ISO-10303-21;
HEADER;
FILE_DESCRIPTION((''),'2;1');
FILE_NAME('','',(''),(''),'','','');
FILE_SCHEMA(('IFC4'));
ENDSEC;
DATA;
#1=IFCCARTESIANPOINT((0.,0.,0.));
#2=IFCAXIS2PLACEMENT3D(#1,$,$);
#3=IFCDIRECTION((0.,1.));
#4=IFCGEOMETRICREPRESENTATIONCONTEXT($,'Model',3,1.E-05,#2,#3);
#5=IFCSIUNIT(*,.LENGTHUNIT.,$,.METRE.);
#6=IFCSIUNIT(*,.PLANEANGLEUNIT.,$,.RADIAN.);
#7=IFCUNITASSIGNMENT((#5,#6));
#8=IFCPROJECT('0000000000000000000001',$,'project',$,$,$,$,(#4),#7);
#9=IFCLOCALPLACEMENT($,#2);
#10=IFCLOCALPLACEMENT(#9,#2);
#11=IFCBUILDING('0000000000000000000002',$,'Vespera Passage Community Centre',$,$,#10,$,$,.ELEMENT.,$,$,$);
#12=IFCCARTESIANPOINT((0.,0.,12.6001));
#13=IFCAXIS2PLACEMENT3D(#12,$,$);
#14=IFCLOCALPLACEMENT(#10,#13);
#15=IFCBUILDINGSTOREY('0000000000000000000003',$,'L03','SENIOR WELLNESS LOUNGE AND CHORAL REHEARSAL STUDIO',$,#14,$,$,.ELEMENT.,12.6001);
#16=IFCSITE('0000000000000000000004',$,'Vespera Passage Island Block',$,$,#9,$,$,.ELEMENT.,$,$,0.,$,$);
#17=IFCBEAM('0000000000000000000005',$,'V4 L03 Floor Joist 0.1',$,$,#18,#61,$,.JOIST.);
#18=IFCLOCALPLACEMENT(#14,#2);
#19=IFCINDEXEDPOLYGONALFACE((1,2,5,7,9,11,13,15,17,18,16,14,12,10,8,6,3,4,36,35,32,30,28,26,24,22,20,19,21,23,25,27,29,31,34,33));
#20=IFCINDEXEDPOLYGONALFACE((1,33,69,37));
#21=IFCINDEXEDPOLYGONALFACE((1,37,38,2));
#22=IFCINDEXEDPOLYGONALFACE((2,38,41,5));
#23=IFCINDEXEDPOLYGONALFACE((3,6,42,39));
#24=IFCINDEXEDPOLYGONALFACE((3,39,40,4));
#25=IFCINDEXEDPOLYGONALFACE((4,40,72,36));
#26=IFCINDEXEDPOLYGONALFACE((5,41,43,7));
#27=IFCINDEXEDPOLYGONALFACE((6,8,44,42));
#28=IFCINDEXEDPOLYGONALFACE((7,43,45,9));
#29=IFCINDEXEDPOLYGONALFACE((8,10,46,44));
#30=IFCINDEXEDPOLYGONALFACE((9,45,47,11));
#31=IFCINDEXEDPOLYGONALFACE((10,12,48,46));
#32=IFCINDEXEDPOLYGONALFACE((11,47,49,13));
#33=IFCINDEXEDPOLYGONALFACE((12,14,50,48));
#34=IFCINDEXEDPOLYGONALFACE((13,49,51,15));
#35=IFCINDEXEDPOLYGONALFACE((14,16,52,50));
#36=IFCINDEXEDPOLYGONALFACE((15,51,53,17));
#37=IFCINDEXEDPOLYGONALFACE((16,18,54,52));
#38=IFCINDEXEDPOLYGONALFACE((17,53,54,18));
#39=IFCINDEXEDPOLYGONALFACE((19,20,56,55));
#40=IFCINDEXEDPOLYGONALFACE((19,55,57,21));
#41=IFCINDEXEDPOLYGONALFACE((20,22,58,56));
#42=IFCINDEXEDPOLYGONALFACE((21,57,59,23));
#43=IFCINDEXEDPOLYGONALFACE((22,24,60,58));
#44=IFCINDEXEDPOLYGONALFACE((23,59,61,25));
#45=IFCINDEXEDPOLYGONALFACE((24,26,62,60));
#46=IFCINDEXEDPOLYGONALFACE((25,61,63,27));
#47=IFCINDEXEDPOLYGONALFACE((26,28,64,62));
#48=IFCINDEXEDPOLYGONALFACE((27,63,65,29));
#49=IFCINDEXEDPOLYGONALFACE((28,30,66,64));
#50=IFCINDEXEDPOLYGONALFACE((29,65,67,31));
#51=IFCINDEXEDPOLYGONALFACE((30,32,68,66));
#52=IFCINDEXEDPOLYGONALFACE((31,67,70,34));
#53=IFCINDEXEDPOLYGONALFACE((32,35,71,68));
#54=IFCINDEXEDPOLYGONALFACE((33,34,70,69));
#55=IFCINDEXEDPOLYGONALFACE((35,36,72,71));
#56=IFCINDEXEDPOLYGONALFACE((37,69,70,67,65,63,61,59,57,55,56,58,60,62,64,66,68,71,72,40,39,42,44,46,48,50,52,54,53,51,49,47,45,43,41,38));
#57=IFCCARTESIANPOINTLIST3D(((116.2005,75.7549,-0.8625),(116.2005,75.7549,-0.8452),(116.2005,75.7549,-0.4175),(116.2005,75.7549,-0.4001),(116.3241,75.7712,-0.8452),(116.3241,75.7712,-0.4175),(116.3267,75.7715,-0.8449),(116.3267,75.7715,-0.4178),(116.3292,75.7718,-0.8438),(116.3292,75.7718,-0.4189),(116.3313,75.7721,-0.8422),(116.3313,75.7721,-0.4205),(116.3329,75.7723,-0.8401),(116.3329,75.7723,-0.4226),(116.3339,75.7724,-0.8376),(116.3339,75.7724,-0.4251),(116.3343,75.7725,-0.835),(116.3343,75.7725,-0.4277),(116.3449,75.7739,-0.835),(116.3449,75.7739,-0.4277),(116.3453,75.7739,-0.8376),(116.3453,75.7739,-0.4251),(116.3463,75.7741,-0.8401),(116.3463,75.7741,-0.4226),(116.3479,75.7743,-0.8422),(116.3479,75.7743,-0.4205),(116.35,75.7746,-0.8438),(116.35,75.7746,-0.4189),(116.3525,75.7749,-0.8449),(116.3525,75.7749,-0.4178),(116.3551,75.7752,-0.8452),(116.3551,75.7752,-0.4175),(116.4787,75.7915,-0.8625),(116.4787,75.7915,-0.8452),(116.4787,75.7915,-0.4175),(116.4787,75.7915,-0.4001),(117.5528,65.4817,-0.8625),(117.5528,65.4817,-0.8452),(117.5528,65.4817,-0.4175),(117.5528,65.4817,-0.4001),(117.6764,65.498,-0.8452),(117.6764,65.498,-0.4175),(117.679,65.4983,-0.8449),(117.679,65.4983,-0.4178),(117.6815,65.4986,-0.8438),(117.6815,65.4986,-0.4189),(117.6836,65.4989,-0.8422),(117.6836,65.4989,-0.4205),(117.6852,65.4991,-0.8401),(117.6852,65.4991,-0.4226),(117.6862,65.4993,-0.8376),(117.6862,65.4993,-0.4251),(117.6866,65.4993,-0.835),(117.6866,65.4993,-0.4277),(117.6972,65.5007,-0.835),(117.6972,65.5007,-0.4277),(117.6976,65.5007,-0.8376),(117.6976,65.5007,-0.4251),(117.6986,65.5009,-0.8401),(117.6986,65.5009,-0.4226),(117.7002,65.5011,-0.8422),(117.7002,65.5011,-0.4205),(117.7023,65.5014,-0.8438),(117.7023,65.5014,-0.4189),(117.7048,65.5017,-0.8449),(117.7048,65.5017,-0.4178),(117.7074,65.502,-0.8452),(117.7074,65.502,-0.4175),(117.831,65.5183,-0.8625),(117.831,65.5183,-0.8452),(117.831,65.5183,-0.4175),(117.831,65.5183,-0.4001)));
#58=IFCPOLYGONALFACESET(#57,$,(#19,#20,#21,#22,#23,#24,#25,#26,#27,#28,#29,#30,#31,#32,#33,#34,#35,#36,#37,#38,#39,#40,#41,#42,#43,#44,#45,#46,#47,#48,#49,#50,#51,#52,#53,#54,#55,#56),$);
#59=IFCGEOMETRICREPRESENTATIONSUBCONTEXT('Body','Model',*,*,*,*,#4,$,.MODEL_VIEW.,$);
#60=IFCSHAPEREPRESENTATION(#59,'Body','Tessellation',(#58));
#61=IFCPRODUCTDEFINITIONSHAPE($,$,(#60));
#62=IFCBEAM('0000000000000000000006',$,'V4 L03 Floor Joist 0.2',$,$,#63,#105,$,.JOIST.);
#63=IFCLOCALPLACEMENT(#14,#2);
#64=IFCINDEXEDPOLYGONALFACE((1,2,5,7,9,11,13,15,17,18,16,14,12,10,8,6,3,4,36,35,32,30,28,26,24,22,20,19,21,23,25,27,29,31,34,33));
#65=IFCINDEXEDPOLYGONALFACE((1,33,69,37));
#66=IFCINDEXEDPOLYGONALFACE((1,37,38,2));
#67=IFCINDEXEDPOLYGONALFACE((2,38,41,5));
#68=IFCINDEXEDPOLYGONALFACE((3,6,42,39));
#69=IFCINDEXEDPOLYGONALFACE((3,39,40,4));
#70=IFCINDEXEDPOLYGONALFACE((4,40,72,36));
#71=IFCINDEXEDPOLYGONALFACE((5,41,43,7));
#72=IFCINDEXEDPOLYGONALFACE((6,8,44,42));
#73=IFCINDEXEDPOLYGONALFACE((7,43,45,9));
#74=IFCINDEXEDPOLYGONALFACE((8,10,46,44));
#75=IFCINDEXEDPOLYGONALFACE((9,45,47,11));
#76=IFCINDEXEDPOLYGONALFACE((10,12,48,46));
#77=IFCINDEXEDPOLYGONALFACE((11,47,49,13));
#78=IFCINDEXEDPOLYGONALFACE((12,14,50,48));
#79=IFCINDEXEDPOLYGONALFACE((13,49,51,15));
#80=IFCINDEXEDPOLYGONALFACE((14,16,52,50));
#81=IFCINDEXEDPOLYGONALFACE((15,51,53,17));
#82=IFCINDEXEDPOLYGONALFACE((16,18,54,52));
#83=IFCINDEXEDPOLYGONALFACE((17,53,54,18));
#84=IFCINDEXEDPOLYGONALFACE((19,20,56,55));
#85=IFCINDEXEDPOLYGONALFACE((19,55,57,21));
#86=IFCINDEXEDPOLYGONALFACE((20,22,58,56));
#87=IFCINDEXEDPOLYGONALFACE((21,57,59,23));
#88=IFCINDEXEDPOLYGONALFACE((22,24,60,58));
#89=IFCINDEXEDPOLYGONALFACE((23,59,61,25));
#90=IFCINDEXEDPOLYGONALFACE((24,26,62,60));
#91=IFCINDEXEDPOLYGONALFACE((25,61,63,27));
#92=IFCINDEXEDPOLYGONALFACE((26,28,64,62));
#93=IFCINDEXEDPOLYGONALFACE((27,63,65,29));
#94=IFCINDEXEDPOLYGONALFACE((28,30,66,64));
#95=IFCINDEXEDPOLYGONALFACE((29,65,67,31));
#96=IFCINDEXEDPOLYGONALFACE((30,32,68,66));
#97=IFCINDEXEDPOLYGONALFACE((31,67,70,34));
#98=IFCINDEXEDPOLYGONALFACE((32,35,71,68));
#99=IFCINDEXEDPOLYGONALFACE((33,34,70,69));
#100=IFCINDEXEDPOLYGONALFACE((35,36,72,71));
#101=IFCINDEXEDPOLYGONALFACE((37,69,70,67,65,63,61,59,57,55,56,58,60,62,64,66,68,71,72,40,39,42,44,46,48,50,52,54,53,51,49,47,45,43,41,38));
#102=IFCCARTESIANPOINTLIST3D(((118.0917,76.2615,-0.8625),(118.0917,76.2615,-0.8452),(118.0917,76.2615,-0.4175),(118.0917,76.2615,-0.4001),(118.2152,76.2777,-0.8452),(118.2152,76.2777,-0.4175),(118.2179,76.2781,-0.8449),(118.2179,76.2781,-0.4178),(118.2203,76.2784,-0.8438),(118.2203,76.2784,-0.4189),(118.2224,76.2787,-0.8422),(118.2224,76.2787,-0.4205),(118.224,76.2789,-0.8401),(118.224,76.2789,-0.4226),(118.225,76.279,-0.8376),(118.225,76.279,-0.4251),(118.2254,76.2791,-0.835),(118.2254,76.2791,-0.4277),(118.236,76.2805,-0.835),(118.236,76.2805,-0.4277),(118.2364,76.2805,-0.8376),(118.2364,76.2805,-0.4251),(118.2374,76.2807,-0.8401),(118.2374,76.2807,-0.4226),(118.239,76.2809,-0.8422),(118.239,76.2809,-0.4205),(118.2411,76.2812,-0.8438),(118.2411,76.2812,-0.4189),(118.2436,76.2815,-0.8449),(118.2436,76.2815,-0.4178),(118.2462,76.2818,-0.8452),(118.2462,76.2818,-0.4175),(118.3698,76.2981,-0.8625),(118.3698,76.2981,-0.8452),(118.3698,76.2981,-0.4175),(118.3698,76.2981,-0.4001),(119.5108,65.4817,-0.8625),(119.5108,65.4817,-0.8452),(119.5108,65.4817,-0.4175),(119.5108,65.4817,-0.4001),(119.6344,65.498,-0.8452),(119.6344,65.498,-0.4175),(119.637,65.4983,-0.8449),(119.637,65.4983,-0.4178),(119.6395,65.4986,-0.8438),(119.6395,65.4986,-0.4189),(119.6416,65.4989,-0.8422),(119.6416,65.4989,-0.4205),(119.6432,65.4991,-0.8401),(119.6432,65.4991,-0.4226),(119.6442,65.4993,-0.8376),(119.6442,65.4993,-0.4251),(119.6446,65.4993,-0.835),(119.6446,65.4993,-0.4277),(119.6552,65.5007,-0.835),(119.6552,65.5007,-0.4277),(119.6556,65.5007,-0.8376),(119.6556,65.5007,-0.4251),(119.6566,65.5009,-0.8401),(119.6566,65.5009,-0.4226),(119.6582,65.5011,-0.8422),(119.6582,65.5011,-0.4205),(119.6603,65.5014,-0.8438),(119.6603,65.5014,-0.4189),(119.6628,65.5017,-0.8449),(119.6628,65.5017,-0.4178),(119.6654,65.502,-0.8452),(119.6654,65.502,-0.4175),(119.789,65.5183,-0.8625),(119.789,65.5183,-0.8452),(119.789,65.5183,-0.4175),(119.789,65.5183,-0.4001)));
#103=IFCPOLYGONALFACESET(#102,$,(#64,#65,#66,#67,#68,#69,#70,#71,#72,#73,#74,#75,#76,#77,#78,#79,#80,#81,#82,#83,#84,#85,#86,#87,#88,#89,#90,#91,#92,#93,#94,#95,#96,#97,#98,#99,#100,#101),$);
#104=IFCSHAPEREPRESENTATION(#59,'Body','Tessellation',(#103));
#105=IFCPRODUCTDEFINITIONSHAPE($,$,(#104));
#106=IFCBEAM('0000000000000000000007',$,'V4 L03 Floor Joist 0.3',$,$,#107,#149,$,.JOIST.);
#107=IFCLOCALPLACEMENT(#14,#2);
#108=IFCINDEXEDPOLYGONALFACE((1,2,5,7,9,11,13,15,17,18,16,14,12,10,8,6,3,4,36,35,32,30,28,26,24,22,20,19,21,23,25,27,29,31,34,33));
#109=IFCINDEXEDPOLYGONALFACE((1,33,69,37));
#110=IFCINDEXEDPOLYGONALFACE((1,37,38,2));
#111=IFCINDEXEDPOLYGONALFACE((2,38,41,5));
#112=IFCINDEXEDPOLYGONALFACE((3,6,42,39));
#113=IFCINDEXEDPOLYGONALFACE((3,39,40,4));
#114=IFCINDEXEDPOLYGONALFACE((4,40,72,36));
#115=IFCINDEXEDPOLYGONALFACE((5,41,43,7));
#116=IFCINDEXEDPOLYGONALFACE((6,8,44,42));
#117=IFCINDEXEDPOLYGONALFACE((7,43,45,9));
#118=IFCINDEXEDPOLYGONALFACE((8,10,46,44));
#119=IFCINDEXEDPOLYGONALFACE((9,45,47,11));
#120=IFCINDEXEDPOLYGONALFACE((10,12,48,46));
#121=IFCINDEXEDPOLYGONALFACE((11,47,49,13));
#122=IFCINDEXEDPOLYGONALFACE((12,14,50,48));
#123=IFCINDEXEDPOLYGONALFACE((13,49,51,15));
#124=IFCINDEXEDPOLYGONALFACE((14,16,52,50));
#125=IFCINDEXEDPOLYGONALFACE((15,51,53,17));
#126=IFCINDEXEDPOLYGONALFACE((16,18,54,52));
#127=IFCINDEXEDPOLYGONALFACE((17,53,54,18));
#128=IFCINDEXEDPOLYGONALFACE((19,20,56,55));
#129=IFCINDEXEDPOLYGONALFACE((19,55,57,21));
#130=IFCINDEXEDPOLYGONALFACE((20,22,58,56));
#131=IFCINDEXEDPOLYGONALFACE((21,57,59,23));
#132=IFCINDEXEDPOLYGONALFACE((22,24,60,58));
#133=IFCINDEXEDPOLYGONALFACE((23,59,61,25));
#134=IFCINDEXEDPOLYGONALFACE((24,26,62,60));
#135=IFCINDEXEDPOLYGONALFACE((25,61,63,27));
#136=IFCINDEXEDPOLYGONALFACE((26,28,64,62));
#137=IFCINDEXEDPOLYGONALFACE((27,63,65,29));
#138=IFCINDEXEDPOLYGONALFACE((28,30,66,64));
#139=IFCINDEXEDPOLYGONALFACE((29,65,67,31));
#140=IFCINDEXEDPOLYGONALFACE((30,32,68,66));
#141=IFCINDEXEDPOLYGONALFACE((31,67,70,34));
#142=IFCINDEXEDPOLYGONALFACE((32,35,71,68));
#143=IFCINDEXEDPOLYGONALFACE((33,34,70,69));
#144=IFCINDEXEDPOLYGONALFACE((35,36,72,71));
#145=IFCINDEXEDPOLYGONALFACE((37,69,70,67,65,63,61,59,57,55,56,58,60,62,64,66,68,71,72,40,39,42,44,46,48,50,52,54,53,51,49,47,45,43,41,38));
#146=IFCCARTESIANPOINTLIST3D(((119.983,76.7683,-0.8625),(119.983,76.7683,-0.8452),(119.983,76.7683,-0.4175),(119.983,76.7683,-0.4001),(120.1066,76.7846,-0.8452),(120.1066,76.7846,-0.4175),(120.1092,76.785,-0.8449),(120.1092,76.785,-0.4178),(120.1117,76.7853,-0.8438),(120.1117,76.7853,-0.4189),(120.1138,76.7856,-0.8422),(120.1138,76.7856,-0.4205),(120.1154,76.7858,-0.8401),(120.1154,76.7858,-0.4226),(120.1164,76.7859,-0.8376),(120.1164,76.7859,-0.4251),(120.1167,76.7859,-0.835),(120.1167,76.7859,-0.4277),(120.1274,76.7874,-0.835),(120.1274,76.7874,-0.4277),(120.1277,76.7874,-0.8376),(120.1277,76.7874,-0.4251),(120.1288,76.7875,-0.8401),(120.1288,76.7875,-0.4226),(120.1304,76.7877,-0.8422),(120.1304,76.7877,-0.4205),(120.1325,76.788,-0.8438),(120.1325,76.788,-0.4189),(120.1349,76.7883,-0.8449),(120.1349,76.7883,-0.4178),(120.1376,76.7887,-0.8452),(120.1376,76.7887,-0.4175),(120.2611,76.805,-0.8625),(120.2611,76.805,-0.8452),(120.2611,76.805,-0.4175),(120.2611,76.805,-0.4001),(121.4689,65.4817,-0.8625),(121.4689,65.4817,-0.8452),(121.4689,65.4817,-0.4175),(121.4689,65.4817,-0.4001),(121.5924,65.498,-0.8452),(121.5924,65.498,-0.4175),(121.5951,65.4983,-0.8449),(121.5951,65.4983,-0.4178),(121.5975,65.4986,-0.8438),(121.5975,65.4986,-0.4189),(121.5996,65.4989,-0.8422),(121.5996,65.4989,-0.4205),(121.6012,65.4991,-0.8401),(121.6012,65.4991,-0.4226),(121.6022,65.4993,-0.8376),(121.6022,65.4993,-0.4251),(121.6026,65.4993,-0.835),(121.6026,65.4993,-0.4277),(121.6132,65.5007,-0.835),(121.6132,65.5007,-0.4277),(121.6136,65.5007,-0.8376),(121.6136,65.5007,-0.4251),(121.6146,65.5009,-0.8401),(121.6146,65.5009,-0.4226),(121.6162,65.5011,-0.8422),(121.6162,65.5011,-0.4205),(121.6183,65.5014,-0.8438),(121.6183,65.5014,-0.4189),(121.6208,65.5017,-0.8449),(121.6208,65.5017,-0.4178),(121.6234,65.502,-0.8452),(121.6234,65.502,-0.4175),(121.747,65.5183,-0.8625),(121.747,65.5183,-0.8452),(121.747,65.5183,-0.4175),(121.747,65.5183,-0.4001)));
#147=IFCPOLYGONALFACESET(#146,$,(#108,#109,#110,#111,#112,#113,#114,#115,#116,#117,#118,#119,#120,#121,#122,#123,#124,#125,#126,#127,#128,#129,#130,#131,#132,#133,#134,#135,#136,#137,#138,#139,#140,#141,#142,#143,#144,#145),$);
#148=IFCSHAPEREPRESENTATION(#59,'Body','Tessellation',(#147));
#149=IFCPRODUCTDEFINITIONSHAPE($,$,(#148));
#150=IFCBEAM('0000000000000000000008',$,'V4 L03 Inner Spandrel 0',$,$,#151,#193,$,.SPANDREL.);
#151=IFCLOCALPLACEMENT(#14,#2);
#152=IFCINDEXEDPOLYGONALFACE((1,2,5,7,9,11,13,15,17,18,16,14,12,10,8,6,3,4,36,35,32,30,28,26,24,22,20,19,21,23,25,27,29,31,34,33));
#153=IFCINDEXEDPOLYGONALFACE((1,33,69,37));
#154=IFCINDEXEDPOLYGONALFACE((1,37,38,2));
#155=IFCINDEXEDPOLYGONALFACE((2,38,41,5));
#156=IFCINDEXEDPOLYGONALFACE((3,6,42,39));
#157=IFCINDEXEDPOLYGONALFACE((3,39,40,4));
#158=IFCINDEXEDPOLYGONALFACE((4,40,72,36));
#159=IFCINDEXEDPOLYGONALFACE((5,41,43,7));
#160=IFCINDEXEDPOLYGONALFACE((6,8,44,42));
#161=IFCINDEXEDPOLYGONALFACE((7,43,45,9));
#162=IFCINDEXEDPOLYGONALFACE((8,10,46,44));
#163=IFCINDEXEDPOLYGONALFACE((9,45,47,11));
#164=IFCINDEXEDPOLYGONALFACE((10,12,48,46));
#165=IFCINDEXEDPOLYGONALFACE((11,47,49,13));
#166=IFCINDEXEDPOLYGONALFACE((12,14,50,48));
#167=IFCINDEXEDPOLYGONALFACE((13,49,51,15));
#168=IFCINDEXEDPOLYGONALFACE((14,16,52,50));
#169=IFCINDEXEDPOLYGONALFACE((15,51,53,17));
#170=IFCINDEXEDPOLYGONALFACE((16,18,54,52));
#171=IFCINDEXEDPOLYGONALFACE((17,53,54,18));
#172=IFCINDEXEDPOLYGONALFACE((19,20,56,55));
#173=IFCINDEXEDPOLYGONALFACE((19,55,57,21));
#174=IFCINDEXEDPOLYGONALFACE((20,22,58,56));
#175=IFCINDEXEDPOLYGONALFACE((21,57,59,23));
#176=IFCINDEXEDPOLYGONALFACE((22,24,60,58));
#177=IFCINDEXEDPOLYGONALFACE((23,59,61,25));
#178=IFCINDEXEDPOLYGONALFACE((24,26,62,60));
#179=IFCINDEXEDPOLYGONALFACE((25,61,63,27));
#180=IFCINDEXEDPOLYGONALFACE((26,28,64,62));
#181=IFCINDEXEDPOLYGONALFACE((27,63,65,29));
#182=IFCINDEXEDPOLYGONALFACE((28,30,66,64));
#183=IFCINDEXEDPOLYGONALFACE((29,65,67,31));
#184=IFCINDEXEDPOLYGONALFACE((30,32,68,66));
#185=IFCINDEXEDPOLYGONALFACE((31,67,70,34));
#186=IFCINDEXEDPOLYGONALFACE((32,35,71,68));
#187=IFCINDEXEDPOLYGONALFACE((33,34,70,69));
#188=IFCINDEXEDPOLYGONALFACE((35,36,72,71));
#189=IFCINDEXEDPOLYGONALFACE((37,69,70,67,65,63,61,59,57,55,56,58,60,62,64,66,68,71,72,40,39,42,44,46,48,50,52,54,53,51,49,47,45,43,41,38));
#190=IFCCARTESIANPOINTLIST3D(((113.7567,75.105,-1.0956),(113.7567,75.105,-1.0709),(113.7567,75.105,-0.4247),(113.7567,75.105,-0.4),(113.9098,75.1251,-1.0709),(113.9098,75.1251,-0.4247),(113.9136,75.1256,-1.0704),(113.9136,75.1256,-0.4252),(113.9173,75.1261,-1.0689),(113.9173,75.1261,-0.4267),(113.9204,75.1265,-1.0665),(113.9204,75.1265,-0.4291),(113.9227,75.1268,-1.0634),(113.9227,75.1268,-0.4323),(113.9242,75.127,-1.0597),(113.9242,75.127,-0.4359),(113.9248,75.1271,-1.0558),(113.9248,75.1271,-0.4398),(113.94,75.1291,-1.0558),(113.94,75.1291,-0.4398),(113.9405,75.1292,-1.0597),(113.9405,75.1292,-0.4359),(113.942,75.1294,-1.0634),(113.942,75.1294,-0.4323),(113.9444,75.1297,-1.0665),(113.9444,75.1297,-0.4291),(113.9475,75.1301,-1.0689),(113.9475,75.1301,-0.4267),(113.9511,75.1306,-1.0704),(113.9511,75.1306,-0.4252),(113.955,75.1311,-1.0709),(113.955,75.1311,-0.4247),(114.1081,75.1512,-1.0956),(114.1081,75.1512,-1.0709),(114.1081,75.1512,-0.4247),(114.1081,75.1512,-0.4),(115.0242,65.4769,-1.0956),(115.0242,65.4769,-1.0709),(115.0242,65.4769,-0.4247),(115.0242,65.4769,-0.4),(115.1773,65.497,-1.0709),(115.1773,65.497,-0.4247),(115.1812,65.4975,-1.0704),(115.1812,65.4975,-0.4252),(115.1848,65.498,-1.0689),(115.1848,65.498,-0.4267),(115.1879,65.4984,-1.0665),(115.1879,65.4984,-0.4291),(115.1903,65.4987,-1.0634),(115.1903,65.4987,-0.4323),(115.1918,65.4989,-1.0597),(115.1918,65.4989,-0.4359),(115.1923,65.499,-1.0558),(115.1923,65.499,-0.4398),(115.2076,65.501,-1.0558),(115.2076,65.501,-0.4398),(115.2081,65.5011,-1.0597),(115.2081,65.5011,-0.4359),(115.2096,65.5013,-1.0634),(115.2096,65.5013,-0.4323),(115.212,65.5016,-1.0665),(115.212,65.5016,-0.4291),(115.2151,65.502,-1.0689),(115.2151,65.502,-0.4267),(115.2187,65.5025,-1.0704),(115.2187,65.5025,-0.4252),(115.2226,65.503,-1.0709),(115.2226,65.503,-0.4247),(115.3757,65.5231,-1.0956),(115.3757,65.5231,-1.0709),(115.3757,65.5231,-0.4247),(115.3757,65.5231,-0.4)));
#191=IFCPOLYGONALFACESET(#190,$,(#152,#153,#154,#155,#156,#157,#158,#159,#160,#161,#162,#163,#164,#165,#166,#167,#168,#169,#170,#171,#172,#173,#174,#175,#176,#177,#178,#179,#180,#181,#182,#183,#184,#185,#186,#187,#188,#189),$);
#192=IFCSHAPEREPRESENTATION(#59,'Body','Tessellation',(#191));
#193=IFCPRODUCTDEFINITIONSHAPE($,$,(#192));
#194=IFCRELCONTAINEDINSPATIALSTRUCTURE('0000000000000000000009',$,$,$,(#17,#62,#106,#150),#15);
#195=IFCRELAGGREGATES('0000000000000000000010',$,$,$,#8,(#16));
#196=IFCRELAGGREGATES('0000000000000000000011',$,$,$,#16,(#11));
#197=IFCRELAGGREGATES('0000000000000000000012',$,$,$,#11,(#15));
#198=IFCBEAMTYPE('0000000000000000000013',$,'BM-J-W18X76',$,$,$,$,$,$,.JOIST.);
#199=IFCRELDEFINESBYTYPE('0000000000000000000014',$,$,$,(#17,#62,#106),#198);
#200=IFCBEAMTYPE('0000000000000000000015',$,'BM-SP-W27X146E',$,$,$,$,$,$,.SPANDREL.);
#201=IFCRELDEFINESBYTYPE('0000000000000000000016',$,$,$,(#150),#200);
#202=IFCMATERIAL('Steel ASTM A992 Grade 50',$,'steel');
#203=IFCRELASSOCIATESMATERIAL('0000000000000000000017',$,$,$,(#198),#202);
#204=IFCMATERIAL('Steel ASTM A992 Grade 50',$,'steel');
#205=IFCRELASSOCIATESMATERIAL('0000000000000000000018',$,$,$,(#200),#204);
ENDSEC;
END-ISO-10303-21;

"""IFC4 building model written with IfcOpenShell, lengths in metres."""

from ifc_helpers import new_model, si_unit, direction, frame, origin, origin_2d, place, context, subcontext, project, spatial, i_section, extrude, material, material_profile, profile_set, type_object, element, save


model = new_model("IFC4")

# Units and contexts
model_context = context("Model", 3, precision=1e-05, world=origin(), true_north=direction((0.0, 1.0)))
body_context = subcontext(model_context, "Body", "Model", "MODEL_VIEW")
ifc_project = project(units=[si_unit("LENGTHUNIT", "METRE"), si_unit("PLANEANGLEUNIT", "RADIAN")], contexts=[model_context])

# Site, building, storey
site_placement = place(None, origin())
site = spatial("IfcSite", under=ifc_project, at=site_placement, Name="Vespera Passage Island Block", CompositionType="ELEMENT", RefElevation=0.0)
building_placement = place(site_placement, origin())
building = spatial("IfcBuilding", under=site, at=building_placement, Name="Vespera Passage Community Centre", CompositionType="ELEMENT")
storey_placement = place(building_placement, frame((0.0, 0.0, 12.6001)))
storey = spatial("IfcBuildingStorey", under=building, at=storey_placement, Name="L03", Description="SENIOR WELLNESS LOUNGE AND CHORAL REHEARSAL STUDIO", CompositionType="ELEMENT", Elevation=12.6001)

# Beams
ifc_material_1 = material(Name="Steel ASTM A992 Grade 50", Category="steel")
ifc_material_profile_1 = material_profile(ifc_material_1, i_section(OverallWidth=0.2805, OverallDepth=0.4624, WebThickness=0.0107, FlangeThickness=0.0173, FilletRadius=0.0103, at=origin_2d()), Name="W18X76")
ifc_profile_set_1 = profile_set([ifc_material_profile_1], Name="Steel ASTM A992 Grade 50")
beam_type_1 = type_object("IfcBeamType", Name="BM-J-W18X76", PredefinedType="JOIST", material=ifc_profile_set_1)
beam_1_placement = place(storey_placement, frame((117.6919, 65.5, -0.6313), z_axis=(-0.130508, 0.991447, 0.0), x_axis=(-0.991447, -0.130508, 0.0)))
element("IfcBeam", 1, at=beam_1_placement, inside=storey, type_object=beam_type_1, Name="V4 L03 Floor Joist 0.1", PredefinedType="JOIST", context=body_context, shape_type="SweptSolid", body=[
    extrude(i_section(OverallWidth=0.2805, OverallDepth=0.4624, WebThickness=0.0107, FlangeThickness=0.0173, FilletRadius=0.0103, at=origin_2d()), origin(), (0.0, 0.0, 1.0), 10.3618),
])
beam_2_placement = place(storey_placement, frame((119.6499, 65.5, -0.6313), z_axis=(-0.130527, 0.991445, 0.0), x_axis=(-0.991445, -0.130527, 0.0)))
element("IfcBeam", 2, at=beam_2_placement, inside=storey, type_object=beam_type_1, Name="V4 L03 Floor Joist 0.2", PredefinedType="JOIST", context=body_context, shape_type="SweptSolid", body=[
    extrude(i_section(OverallWidth=0.2805, OverallDepth=0.4624, WebThickness=0.0107, FlangeThickness=0.0173, FilletRadius=0.0103, at=origin_2d()), origin(), (0.0, 0.0, 1.0), 10.8728),
])
beam_3_placement = place(storey_placement, frame((121.6079, 65.5, -0.6313), z_axis=(-0.13052, 0.991446, 0.0), x_axis=(-0.991446, -0.13052, 0.0)))
element("IfcBeam", 3, at=beam_3_placement, inside=storey, type_object=beam_type_1, Name="V4 L03 Floor Joist 0.3", PredefinedType="JOIST", context=body_context, shape_type="SweptSolid", body=[
    extrude(i_section(OverallWidth=0.2805, OverallDepth=0.4624, WebThickness=0.0107, FlangeThickness=0.0173, FilletRadius=0.0103, at=origin_2d()), origin(), (0.0, 0.0, 1.0), 11.384),
])
ifc_material_2 = material(Name="Steel ASTM A992 Grade 50", Category="steel")
ifc_material_profile_2 = material_profile(ifc_material_2, i_section(OverallWidth=0.3545, OverallDepth=0.6956, WebThickness=0.0154, FlangeThickness=0.0247, FilletRadius=0.0151, at=origin_2d()), Name="W27X146")
ifc_profile_set_2 = profile_set([ifc_material_profile_2], Name="Steel ASTM A992 Grade 50")
beam_type_2 = type_object("IfcBeamType", Name="BM-SP-W27X146E", PredefinedType="SPANDREL", material=ifc_profile_set_2)
for number, where, z_axis, x_axis, name in (
    (4, (115.2, 65.5, -0.7478), (-0.130527, 0.991445, 0.0), (-0.991445, -0.130527, 0.0), "V4 L03 Inner Spandrel 0"),
):
    element("IfcBeam", number, at=place(storey_placement, frame(where, z_axis=z_axis, x_axis=x_axis)), inside=storey, type_object=beam_type_2, Name=name, PredefinedType="SPANDREL", context=body_context, shape_type="SweptSolid", body=[
        extrude(i_section(OverallWidth=0.3545, OverallDepth=0.6956, WebThickness=0.0154, FlangeThickness=0.0247, FilletRadius=0.0151, at=origin_2d()), origin(), (0.0, 0.0, 1.0), 9.7112),
    ])

save(model, "model.ifc")
